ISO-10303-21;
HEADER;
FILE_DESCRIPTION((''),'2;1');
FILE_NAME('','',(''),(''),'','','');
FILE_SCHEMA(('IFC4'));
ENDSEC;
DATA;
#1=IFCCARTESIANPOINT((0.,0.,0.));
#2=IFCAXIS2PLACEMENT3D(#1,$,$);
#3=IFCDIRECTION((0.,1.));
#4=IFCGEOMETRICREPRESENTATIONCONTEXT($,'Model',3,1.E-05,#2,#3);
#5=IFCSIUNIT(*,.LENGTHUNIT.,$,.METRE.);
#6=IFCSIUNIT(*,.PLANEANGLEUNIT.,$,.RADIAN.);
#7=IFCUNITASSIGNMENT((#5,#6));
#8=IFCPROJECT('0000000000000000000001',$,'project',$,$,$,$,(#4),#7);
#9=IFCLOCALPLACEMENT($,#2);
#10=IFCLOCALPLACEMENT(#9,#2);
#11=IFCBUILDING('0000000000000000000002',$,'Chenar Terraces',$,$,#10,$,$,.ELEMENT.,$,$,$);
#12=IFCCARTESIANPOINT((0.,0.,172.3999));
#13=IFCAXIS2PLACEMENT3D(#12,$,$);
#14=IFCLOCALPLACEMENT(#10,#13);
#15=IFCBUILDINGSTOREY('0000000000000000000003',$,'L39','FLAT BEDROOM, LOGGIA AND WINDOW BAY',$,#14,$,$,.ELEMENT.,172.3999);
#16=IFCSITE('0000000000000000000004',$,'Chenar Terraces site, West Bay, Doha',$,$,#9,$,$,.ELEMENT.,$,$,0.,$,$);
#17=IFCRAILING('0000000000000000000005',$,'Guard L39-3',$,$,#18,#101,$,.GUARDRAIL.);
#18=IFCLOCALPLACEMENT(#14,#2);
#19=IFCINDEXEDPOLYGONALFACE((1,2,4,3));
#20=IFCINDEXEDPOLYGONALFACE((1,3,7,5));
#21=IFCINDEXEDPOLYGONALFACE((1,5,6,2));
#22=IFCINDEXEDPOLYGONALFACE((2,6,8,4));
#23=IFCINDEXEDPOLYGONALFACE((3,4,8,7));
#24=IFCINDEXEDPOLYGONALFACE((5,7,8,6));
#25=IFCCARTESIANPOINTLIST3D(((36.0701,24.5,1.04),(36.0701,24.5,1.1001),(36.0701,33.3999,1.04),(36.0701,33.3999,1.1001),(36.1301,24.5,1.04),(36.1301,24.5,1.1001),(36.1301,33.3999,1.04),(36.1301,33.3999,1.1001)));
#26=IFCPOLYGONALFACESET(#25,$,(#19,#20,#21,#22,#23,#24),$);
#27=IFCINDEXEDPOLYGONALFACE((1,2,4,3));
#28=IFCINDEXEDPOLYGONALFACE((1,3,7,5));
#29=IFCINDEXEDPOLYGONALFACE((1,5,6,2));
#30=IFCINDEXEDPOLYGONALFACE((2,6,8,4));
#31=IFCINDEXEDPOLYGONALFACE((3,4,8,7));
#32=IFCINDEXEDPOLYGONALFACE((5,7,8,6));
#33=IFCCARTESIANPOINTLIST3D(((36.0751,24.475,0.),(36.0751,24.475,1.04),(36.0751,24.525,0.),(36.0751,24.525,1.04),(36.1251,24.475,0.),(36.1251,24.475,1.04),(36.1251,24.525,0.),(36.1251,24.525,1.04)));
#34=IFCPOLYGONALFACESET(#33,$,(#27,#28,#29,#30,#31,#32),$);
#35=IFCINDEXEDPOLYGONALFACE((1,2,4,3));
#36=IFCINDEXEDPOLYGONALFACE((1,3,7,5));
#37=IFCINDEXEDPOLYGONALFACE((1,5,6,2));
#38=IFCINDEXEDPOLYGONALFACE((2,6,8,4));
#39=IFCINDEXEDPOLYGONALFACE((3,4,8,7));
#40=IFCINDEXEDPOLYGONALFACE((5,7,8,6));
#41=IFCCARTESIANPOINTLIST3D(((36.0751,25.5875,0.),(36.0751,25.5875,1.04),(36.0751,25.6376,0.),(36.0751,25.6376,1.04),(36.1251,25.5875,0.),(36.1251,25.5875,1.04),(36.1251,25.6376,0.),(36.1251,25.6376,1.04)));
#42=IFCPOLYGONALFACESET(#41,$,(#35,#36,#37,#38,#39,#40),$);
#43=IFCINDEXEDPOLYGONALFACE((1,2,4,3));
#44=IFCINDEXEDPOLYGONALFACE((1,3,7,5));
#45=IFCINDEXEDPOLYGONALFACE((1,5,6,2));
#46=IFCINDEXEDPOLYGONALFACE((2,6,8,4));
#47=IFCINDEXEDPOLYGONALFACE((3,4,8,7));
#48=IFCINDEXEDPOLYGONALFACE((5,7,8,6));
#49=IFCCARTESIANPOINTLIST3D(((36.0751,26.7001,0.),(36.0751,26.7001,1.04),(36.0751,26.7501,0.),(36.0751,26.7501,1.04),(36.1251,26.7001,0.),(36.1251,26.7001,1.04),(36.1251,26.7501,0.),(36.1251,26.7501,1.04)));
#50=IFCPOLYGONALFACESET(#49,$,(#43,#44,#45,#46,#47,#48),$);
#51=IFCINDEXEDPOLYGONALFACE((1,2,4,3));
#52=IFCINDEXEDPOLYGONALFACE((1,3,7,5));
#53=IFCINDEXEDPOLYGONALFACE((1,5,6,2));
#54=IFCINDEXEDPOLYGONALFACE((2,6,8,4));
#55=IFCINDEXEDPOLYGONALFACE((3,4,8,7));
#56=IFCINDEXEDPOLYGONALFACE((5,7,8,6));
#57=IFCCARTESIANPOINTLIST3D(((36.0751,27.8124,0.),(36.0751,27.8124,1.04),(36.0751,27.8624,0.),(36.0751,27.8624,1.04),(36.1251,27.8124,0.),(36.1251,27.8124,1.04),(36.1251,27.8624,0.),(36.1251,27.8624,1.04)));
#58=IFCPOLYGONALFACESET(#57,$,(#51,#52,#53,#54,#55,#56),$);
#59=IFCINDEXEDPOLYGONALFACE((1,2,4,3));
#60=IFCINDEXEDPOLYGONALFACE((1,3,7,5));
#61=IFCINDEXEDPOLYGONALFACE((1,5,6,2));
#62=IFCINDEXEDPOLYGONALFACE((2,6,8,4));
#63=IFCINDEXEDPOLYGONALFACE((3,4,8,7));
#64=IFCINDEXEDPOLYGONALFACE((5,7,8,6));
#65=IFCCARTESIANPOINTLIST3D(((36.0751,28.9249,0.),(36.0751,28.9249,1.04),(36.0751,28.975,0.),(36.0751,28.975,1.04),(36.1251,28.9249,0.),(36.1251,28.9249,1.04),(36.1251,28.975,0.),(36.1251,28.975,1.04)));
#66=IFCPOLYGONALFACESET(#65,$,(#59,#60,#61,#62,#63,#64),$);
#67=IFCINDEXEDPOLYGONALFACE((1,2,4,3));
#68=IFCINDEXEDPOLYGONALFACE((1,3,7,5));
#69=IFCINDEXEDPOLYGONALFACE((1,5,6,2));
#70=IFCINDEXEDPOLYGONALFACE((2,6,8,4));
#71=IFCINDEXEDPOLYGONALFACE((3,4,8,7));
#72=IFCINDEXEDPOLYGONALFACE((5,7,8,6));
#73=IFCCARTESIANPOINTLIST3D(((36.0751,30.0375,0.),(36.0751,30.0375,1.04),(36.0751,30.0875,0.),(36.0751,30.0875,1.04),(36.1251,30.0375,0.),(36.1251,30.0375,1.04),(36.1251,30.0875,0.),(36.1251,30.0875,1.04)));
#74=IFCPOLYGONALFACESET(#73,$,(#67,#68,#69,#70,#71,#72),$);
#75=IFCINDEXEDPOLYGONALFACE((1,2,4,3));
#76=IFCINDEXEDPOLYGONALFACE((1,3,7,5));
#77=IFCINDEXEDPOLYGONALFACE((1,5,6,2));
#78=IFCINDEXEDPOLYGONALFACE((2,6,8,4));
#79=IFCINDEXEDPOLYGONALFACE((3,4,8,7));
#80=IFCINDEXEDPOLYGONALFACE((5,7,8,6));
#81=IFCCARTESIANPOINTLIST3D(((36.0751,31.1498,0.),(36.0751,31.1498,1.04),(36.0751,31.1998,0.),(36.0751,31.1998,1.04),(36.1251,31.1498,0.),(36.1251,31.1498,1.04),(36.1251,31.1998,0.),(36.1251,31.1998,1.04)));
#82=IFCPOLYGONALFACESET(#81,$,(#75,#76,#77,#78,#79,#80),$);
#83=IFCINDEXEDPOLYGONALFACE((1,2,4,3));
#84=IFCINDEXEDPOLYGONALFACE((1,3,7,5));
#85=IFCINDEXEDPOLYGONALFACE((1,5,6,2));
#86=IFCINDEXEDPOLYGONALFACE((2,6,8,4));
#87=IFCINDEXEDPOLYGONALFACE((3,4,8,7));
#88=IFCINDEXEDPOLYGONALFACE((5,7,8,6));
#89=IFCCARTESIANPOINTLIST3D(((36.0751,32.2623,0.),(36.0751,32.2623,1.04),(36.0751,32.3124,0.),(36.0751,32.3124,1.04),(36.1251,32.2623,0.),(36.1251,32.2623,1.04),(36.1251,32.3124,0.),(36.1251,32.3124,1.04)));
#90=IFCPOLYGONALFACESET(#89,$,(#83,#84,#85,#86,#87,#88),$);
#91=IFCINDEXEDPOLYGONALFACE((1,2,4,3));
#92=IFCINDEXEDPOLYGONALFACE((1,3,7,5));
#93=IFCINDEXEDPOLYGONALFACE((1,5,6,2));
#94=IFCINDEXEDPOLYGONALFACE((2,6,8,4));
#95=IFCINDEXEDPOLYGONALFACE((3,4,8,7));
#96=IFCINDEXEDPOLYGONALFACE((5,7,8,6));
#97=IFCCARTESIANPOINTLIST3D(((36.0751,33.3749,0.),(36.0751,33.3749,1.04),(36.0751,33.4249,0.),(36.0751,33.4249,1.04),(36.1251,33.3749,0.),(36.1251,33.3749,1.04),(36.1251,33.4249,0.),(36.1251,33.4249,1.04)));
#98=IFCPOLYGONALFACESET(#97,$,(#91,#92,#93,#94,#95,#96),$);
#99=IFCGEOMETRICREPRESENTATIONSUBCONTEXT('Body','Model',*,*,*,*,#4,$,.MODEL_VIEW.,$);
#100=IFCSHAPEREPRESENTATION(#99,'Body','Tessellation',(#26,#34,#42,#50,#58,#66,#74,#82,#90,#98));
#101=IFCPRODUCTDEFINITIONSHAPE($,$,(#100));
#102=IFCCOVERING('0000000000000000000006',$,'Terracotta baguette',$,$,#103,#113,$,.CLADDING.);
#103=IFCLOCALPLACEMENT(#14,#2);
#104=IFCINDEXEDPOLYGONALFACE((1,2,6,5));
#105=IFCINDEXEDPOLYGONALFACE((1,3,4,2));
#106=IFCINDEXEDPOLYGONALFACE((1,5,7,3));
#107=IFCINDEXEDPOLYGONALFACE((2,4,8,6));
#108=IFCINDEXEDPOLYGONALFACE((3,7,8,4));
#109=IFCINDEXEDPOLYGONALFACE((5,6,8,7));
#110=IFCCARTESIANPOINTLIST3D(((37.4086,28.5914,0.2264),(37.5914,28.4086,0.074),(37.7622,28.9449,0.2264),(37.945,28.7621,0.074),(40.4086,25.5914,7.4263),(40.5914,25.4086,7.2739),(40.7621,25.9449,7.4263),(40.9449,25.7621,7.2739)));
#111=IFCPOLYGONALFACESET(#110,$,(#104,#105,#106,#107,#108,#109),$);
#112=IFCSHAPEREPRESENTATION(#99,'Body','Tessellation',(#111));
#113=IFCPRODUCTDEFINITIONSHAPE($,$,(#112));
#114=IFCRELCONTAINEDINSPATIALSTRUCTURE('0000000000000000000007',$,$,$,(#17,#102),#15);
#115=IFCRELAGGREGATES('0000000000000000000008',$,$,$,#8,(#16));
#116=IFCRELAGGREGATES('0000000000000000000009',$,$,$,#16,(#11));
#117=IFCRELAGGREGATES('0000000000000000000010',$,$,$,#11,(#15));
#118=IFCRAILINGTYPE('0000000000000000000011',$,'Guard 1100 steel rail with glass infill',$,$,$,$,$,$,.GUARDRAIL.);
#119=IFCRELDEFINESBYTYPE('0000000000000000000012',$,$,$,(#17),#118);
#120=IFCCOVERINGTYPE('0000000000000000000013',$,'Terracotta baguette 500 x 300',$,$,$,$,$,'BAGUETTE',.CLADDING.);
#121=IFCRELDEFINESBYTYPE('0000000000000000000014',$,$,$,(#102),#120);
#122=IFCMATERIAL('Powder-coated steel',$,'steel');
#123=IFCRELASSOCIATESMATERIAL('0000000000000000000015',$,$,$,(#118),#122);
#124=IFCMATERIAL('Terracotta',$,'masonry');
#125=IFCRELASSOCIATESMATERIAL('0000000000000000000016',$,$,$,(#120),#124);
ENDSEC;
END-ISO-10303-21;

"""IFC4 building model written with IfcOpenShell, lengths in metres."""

from ifc_helpers import new_model, si_unit, direction, frame, origin, origin_2d, place, context, subcontext, project, spatial, rectangle, extrude, material, material_profile, profile_set, type_object, element, save


model = new_model("IFC4")

# Units and contexts
model_context = context("Model", 3, precision=1e-05, world=origin(), true_north=direction((0.0, 1.0)))
body_context = subcontext(model_context, "Body", "Model", "MODEL_VIEW")
ifc_project = project(units=[si_unit("LENGTHUNIT", "METRE"), si_unit("PLANEANGLEUNIT", "RADIAN")], contexts=[model_context])

# Site, building, storey
site_placement = place(None, origin())
site = spatial("IfcSite", under=ifc_project, at=site_placement, Name="Chenar Terraces site, West Bay, Doha", CompositionType="ELEMENT", RefElevation=0.0)
building_placement = place(site_placement, origin())
building = spatial("IfcBuilding", under=site, at=building_placement, Name="Chenar Terraces", CompositionType="ELEMENT")
storey_placement = place(building_placement, frame((0.0, 0.0, 172.3999)))
storey = spatial("IfcBuildingStorey", under=building, at=storey_placement, Name="L39", Description="FLAT BEDROOM, LOGGIA AND WINDOW BAY", CompositionType="ELEMENT", Elevation=172.3999)

# Railing
ifc_material_1 = material(Name="Powder-coated steel", Category="steel")
railing_type = type_object("IfcRailingType", Name="Guard 1100 steel rail with glass infill", PredefinedType="GUARDRAIL", material=ifc_material_1)
railing_placement = place(storey_placement, frame((36.1001, 24.5, 0.0)))
element("IfcRailing", 1, at=railing_placement, inside=storey, type_object=railing_type, Name="Guard L39-3", PredefinedType="GUARDRAIL", context=body_context, shape_type="SweptSolid", body=[
    extrude(rectangle(XDim=0.0601, YDim=0.0601, at=origin_2d()), frame((0.0, 0.0, 1.0701), z_axis=(0.0, 1.0, 0.0), x_axis=(-1.0, 0.0, 0.0)), (0.0, 0.0, 1.0), 8.8999),
    extrude(rectangle(XDim=0.05, YDim=0.05, at=origin_2d()), origin(), (0.0, 0.0, 1.0), 1.04),
    extrude(rectangle(XDim=0.05, YDim=0.05, at=origin_2d()), frame((0.0, 1.1125, 0.0)), (0.0, 0.0, 1.0), 1.04),
    extrude(rectangle(XDim=0.05, YDim=0.05, at=origin_2d()), frame((0.0, 2.2251, 0.0)), (0.0, 0.0, 1.0), 1.04),
    extrude(rectangle(XDim=0.05, YDim=0.05, at=origin_2d()), frame((0.0, 3.3374, 0.0)), (0.0, 0.0, 1.0), 1.04),
    extrude(rectangle(XDim=0.05, YDim=0.05, at=origin_2d()), frame((0.0, 4.45, 0.0)), (0.0, 0.0, 1.0), 1.04),
    extrude(rectangle(XDim=0.05, YDim=0.05, at=origin_2d()), frame((0.0, 5.5625, 0.0)), (0.0, 0.0, 1.0), 1.04),
    extrude(rectangle(XDim=0.05, YDim=0.05, at=origin_2d()), frame((0.0, 6.6748, 0.0)), (0.0, 0.0, 1.0), 1.04),
    extrude(rectangle(XDim=0.05, YDim=0.05, at=origin_2d()), frame((0.0, 7.7874, 0.0)), (0.0, 0.0, 1.0), 1.04),
    extrude(rectangle(XDim=0.05, YDim=0.05, at=origin_2d()), frame((0.0, 8.8999, 0.0)), (0.0, 0.0, 1.0), 1.04),
])

# Covering
ifc_material_2 = material(Name="Terracotta", Category="masonry")
ifc_material_profile_1 = material_profile(ifc_material_2, rectangle(XDim=0.5, YDim=0.3, at=origin_2d()), Name="Terracotta baguette 500 x 300")
ifc_profile_set_1 = profile_set([ifc_material_profile_1], Name="Terracotta")
covering_type = type_object("IfcCoveringType", Name="Terracotta baguette 500 x 300", ElementType="BAGUETTE", PredefinedType="CLADDING", material=ifc_profile_set_1)
covering_placement = place(storey_placement, frame((40.6768, 25.6768, 7.3501), z_axis=(-0.358981, 0.358981, -0.861548), x_axis=(-0.707107, -0.707107, 0.0)))
element("IfcCovering", 2, at=covering_placement, inside=storey, type_object=covering_type, Name="Terracotta baguette", PredefinedType="CLADDING", context=body_context, shape_type="SweptSolid", body=[
    extrude(rectangle(XDim=0.5, YDim=0.3, at=origin_2d()), origin(), (0.0, 0.0, 1.0), 8.3569),
])

save(model, "model.ifc")
